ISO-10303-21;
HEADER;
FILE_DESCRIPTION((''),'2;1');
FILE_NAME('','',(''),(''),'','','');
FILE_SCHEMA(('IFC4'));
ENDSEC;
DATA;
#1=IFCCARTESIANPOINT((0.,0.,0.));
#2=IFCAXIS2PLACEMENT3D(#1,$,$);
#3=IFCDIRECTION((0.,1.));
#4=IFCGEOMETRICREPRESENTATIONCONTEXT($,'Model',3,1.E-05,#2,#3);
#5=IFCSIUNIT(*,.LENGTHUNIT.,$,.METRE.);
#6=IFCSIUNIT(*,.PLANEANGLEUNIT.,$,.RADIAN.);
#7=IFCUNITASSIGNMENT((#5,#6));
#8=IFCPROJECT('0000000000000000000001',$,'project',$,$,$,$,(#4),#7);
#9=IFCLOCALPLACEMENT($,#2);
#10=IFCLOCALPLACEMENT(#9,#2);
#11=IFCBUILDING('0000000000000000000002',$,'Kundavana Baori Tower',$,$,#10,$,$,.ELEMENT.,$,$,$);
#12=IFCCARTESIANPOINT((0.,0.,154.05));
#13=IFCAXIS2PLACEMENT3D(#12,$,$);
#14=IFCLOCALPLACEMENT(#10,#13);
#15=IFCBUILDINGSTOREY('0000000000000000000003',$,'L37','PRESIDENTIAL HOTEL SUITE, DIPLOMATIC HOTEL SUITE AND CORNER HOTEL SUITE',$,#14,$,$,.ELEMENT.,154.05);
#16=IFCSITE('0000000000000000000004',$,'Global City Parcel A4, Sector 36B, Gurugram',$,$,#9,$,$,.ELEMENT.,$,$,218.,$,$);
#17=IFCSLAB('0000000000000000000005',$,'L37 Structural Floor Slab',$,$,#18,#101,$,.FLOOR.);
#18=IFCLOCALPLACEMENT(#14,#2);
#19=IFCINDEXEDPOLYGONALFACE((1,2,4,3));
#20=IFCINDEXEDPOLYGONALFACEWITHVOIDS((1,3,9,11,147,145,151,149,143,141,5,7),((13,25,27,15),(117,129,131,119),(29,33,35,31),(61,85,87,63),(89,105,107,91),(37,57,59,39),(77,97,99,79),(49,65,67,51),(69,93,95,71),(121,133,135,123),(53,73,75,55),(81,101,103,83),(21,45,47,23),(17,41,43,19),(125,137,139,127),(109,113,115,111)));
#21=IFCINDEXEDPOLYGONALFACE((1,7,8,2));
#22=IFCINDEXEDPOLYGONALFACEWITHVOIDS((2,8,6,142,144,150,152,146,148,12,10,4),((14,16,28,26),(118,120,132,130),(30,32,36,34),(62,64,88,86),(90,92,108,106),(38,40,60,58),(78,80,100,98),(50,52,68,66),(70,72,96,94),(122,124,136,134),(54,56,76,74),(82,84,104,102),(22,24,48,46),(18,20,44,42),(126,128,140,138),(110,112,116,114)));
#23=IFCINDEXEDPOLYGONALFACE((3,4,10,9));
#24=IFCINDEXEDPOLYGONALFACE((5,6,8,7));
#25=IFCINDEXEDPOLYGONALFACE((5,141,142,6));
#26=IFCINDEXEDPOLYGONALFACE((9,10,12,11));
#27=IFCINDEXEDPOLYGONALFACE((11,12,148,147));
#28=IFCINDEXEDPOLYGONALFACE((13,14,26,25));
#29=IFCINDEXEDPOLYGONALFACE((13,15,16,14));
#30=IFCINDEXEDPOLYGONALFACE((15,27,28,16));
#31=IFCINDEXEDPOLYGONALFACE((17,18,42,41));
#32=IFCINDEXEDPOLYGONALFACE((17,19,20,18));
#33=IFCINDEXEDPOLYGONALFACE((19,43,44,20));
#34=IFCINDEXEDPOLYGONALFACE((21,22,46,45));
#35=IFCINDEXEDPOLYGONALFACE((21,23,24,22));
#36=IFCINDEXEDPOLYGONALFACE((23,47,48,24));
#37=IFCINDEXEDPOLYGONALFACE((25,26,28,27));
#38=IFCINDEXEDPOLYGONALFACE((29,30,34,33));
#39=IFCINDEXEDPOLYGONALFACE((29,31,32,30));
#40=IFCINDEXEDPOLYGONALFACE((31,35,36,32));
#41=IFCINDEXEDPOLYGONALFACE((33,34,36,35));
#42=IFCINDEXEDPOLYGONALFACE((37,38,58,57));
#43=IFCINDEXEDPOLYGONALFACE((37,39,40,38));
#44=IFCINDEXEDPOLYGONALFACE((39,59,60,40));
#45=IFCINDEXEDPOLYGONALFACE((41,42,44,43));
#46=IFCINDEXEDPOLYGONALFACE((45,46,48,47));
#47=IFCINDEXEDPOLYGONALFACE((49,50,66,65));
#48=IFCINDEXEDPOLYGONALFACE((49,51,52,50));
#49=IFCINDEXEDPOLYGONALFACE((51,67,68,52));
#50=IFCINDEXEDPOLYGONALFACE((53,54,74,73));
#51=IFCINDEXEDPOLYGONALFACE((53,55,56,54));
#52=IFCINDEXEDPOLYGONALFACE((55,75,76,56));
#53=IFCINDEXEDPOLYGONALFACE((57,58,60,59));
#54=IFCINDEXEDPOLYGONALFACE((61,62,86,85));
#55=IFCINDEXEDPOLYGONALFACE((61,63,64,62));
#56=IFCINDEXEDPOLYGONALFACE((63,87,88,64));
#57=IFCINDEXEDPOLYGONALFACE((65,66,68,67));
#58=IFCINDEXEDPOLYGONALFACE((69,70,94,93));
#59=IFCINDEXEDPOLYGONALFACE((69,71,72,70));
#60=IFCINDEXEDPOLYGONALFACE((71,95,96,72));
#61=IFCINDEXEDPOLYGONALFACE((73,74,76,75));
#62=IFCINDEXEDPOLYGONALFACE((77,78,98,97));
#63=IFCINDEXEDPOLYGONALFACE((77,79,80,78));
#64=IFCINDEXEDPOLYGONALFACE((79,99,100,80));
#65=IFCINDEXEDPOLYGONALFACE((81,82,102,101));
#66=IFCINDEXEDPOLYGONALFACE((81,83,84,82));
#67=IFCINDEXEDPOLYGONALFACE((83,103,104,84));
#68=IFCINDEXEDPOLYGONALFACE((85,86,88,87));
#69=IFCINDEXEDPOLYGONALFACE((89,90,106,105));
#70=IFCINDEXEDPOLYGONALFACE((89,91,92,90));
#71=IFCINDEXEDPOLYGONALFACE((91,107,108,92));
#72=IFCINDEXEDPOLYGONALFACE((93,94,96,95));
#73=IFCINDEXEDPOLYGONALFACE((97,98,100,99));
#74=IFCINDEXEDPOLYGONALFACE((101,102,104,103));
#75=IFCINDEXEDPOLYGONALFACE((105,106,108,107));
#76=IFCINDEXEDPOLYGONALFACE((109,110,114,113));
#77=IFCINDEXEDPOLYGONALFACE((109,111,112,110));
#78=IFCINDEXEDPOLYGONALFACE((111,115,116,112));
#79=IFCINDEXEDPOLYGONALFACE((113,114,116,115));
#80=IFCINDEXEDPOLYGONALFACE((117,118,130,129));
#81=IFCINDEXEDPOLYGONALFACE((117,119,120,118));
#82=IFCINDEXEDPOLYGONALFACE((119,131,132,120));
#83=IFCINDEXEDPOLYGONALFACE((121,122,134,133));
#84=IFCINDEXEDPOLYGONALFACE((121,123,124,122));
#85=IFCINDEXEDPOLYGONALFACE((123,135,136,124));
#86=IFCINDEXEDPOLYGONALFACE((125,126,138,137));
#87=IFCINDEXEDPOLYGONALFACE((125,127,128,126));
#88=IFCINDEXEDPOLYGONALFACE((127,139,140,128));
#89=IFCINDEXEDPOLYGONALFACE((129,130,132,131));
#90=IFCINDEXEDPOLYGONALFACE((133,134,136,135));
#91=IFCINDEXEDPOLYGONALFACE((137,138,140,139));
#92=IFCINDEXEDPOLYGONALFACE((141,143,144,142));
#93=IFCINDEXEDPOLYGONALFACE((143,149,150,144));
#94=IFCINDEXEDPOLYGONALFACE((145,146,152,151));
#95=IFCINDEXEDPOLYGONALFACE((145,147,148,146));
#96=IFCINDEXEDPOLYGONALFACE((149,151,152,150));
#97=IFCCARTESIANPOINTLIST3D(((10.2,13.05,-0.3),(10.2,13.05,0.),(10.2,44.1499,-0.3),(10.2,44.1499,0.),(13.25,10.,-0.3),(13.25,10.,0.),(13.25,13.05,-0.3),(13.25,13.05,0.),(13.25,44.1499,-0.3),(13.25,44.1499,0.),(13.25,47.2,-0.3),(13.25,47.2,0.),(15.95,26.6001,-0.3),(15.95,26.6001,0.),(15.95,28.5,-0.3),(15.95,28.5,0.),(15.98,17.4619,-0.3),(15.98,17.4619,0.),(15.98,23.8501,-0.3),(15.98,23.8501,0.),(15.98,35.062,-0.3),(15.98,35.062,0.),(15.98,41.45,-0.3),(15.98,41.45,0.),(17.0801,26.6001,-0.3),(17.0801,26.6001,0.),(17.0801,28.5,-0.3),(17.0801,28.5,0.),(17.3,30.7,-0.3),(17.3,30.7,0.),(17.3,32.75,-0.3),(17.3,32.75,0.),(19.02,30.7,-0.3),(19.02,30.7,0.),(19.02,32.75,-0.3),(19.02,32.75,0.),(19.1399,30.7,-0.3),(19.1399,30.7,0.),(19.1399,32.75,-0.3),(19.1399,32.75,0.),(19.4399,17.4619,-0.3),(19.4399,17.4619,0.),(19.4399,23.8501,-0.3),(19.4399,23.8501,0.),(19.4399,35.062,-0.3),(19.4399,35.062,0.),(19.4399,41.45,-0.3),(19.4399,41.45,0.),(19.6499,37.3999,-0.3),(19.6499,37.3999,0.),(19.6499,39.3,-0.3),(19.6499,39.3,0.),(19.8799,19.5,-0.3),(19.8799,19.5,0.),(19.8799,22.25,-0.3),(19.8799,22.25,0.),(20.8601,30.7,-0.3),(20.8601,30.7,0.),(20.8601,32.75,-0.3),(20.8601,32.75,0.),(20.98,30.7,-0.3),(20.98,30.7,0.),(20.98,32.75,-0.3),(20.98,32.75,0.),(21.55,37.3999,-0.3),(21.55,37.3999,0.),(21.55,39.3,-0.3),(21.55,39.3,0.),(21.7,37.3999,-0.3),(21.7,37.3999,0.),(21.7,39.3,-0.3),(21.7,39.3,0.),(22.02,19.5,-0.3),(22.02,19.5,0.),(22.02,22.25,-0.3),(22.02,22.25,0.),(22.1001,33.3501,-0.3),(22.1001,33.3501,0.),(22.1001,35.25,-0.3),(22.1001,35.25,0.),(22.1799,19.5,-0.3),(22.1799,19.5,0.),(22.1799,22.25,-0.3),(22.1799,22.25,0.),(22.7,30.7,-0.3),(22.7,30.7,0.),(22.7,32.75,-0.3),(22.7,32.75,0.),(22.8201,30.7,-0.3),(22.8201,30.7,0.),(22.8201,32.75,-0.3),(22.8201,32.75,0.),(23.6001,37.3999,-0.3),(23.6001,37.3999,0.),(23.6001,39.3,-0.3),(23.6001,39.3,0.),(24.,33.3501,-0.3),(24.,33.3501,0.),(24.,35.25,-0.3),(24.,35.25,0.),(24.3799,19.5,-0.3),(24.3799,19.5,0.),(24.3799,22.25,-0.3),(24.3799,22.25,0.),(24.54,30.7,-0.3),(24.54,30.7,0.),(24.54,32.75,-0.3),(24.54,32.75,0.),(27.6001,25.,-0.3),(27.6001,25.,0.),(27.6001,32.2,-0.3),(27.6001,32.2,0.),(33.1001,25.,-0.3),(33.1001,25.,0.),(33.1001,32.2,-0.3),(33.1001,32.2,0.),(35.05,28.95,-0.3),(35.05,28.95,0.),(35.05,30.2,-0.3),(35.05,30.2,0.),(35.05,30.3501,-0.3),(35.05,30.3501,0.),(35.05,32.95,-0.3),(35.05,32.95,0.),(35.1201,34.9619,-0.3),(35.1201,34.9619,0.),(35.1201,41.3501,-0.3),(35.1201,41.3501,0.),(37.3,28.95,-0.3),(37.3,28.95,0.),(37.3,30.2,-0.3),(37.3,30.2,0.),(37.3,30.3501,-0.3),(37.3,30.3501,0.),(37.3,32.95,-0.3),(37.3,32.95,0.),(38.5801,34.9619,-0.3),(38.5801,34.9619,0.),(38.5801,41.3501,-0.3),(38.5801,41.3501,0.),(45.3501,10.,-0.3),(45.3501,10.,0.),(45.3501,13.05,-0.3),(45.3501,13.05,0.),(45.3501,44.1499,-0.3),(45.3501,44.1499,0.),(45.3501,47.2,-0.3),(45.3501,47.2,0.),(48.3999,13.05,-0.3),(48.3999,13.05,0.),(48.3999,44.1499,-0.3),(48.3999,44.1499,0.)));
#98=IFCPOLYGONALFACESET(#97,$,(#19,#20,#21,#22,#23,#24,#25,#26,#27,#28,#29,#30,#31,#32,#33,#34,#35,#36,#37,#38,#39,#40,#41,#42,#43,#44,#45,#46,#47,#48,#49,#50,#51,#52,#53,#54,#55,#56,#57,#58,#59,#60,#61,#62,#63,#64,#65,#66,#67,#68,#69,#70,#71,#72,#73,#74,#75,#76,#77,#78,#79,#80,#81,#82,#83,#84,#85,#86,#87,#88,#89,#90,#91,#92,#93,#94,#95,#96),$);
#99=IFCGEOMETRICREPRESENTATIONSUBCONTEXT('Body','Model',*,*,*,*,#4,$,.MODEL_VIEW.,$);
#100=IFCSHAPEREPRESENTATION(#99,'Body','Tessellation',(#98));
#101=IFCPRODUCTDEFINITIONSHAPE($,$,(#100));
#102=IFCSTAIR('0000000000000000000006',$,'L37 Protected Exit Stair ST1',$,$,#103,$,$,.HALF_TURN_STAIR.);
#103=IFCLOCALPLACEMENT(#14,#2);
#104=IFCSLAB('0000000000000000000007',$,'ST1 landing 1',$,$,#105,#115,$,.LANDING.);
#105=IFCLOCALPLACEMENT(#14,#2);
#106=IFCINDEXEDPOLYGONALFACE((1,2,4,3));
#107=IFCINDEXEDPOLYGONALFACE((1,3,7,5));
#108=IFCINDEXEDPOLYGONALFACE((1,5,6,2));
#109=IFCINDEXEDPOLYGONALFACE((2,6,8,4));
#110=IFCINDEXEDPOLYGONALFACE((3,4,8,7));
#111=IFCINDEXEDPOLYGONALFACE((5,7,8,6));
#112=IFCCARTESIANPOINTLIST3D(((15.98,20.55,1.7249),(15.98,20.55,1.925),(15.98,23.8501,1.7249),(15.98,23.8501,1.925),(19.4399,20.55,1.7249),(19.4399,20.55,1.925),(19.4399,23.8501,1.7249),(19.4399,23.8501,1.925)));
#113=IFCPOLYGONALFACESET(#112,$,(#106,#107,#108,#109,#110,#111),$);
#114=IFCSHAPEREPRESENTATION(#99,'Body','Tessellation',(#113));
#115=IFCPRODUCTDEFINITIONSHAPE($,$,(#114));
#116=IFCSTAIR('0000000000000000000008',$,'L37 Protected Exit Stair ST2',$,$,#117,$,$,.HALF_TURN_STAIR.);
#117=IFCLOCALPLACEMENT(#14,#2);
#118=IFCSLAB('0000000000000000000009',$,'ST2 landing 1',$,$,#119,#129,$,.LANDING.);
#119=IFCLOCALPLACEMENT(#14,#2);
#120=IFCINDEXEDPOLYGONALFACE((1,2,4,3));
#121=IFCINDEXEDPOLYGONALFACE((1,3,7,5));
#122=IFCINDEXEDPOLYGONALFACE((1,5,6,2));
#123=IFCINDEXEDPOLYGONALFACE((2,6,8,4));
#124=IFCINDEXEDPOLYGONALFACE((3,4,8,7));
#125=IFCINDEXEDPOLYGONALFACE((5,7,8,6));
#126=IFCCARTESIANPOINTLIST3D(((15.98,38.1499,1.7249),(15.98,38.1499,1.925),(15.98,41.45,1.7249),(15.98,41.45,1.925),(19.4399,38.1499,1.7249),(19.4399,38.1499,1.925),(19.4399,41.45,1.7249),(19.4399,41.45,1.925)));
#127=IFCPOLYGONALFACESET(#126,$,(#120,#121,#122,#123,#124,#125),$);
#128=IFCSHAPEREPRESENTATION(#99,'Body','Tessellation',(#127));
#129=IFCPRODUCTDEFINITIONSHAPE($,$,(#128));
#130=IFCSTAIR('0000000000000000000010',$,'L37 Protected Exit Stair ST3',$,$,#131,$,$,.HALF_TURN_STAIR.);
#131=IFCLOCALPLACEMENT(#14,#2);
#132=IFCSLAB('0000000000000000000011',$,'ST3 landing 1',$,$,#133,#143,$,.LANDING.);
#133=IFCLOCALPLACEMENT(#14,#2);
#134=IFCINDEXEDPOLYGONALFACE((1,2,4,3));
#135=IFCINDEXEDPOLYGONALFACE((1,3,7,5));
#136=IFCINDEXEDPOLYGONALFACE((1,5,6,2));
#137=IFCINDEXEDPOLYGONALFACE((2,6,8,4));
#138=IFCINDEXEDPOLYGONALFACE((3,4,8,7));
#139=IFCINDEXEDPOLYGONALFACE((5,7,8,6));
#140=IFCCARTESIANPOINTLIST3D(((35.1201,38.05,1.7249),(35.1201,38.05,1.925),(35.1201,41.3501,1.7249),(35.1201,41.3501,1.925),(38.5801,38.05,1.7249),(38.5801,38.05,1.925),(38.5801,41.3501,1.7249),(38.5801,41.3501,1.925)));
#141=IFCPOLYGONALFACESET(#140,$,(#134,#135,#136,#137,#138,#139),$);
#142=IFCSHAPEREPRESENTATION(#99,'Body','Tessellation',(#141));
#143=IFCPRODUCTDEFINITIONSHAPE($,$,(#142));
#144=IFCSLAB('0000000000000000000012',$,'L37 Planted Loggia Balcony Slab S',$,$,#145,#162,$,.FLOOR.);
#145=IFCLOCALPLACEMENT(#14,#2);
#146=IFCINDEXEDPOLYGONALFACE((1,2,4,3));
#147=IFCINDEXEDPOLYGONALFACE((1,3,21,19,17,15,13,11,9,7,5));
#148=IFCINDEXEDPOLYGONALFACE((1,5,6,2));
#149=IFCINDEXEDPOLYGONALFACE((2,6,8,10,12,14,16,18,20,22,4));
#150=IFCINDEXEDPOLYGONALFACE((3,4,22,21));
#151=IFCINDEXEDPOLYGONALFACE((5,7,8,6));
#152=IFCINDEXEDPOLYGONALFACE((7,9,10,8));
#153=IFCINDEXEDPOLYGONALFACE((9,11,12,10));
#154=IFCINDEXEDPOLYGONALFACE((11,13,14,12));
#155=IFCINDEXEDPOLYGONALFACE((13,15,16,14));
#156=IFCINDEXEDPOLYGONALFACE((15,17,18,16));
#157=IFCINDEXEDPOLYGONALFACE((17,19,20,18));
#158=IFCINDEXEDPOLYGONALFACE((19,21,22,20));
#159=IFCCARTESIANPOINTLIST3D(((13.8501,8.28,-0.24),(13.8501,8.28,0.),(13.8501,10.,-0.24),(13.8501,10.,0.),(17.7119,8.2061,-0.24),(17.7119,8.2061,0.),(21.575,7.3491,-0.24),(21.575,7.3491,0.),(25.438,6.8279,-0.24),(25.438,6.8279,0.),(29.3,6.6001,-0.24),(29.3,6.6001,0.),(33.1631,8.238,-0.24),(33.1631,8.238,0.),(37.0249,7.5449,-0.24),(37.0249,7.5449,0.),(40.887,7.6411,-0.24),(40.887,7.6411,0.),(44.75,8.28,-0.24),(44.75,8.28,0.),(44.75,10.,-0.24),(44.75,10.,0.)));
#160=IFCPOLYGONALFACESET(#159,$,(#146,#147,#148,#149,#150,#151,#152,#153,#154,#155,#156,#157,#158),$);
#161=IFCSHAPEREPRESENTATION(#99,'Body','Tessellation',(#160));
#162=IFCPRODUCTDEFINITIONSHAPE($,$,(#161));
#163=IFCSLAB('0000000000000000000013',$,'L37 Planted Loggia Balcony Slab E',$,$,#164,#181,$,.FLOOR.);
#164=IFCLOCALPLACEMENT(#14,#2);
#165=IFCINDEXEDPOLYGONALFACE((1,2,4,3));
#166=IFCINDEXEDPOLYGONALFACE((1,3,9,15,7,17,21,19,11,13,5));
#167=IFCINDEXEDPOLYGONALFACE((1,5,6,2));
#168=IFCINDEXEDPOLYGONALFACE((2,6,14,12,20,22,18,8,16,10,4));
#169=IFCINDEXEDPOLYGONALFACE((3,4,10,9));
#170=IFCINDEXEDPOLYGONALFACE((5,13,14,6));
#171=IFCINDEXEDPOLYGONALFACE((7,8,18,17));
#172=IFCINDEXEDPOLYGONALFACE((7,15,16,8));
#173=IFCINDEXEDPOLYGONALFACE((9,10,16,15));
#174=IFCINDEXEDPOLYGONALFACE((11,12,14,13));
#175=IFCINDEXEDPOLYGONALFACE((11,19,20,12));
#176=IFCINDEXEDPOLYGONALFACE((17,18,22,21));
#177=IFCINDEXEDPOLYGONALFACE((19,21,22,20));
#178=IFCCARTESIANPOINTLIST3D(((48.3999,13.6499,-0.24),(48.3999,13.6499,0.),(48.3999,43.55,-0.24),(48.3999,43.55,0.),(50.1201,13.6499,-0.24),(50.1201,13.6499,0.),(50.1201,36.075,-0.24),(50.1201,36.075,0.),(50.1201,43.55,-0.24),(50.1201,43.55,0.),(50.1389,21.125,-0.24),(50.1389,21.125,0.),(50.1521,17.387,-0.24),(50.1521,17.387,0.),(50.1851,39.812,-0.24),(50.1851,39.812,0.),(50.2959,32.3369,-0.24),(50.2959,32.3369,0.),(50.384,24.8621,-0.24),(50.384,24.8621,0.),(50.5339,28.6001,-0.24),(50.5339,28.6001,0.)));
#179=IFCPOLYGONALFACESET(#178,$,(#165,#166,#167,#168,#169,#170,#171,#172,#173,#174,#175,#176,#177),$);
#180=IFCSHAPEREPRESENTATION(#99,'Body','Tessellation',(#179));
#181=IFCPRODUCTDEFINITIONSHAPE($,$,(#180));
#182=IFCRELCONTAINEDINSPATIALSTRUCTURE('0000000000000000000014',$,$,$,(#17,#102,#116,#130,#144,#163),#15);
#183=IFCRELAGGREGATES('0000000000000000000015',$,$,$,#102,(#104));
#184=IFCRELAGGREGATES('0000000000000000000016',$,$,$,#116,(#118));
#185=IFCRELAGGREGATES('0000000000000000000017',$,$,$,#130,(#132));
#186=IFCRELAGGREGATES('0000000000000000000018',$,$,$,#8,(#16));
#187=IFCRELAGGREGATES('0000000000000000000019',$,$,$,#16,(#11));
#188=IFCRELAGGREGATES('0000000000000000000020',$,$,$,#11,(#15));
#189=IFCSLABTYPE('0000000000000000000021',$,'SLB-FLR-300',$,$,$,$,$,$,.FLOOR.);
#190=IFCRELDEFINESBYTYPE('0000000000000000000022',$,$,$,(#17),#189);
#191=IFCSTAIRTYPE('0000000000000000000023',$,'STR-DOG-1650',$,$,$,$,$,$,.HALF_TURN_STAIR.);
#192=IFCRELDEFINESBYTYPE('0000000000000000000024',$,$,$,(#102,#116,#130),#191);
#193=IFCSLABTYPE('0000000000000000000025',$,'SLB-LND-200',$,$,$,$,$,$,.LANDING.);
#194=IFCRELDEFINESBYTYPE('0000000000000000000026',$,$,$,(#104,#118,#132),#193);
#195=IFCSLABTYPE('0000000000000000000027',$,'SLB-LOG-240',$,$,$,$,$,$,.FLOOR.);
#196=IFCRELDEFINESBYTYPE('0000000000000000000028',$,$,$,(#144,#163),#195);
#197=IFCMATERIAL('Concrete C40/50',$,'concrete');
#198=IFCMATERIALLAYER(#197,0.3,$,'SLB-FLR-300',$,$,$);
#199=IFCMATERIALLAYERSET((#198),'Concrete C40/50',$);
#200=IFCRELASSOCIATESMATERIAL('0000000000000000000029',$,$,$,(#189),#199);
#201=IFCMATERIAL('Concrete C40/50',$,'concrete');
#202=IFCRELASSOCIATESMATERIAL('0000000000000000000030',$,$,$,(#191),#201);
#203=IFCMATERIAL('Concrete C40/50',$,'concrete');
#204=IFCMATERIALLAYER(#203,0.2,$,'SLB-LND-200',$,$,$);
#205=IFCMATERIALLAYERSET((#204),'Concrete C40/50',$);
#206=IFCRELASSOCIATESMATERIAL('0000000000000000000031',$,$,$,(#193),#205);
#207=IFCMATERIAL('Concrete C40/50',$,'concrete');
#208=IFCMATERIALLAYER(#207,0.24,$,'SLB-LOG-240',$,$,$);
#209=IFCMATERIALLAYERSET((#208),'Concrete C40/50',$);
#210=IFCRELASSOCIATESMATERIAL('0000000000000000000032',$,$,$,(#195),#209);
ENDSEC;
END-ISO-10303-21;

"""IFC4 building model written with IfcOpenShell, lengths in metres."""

from ifc_helpers import new_model, si_unit, direction, frame, origin, place, context, subcontext, project, spatial, polyline, outline, extrude, material, layer, layer_set, type_object, element, aggregate, save


model = new_model("IFC4")

# Units and contexts
model_context = context("Model", 3, precision=1e-05, world=origin(), true_north=direction((0.0, 1.0)))
body_context = subcontext(model_context, "Body", "Model", "MODEL_VIEW")
ifc_project = project(units=[si_unit("LENGTHUNIT", "METRE"), si_unit("PLANEANGLEUNIT", "RADIAN")], contexts=[model_context])

# Site, building, storey
site_placement = place(None, origin())
site = spatial("IfcSite", under=ifc_project, at=site_placement, Name="Global City Parcel A4, Sector 36B, Gurugram", CompositionType="ELEMENT", RefElevation=218.0)
building_placement = place(site_placement, origin())
building = spatial("IfcBuilding", under=site, at=building_placement, Name="Kundavana Baori Tower", CompositionType="ELEMENT")
storey_placement = place(building_placement, frame((0.0, 0.0, 154.05)))
storey = spatial("IfcBuildingStorey", under=building, at=storey_placement, Name="L37", Description="PRESIDENTIAL HOTEL SUITE, DIPLOMATIC HOTEL SUITE AND CORNER HOTEL SUITE", CompositionType="ELEMENT", Elevation=154.05)

# Slab
ifc_material_1 = material(Name="Concrete C40/50", Category="concrete")
ifc_layer_1 = layer(ifc_material_1, 0.3, Name="SLB-FLR-300")
ifc_layer_set_1 = layer_set([ifc_layer_1], Name="Concrete C40/50")
slab_type_1 = type_object("IfcSlabType", Name="SLB-FLR-300", PredefinedType="FLOOR", material=ifc_layer_set_1)
slab_1_placement = place(storey_placement, frame((0.0, 0.0, -0.3)))
element("IfcSlab", 1, at=slab_1_placement, inside=storey, type_object=slab_type_1, Name="L37 Structural Floor Slab", PredefinedType="FLOOR", context=body_context, shape_type="SweptSolid", body=[
    extrude(outline(polyline([(13.25, 10.0), (45.3501, 10.0), (45.3501, 13.05), (48.3999, 13.05), (48.3999, 44.1499), (45.3501, 44.1499), (45.3501, 47.2), (13.25, 47.2), (13.25, 44.1499), (10.2, 44.1499), (10.2, 13.05), (13.25, 13.05), (13.25, 10.0)]), holes=[polyline([(19.4399, 17.4619), (19.4399, 23.8501), (15.98, 23.8501), (15.98, 17.4619), (19.4399, 17.4619)]), polyline([(19.4399, 35.062), (19.4399, 41.45), (15.98, 41.45), (15.98, 35.062), (19.4399, 35.062)]), polyline([(38.5801, 34.9619), (38.5801, 41.3501), (35.1201, 41.3501), (35.1201, 34.9619), (38.5801, 34.9619)]), polyline([(17.3, 30.7), (19.02, 30.7), (19.02, 32.75), (17.3, 32.75), (17.3, 30.7)]), polyline([(19.1399, 30.7), (20.8601, 30.7), (20.8601, 32.75), (19.1399, 32.75), (19.1399, 30.7)]), polyline([(20.98, 30.7), (22.7, 30.7), (22.7, 32.75), (20.98, 32.75), (20.98, 30.7)]), polyline([(22.8201, 30.7), (24.54, 30.7), (24.54, 32.75), (22.8201, 32.75), (22.8201, 30.7)]), polyline([(19.6499, 37.3999), (21.55, 37.3999), (21.55, 39.3), (19.6499, 39.3), (19.6499, 37.3999)]), polyline([(21.7, 37.3999), (23.6001, 37.3999), (23.6001, 39.3), (21.7, 39.3), (21.7, 37.3999)]), polyline([(22.1001, 33.3501), (24.0, 33.3501), (24.0, 35.25), (22.1001, 35.25), (22.1001, 33.3501)]), polyline([(19.8799, 19.5), (22.02, 19.5), (22.02, 22.25), (19.8799, 22.25), (19.8799, 19.5)]), polyline([(22.1799, 19.5), (24.3799, 19.5), (24.3799, 22.25), (22.1799, 22.25), (22.1799, 19.5)]), polyline([(35.05, 30.3501), (37.3, 30.3501), (37.3, 32.95), (35.05, 32.95), (35.05, 30.3501)]), polyline([(15.95, 26.6001), (17.0801, 26.6001), (17.0801, 28.5), (15.95, 28.5), (15.95, 26.6001)]), polyline([(35.05, 28.95), (37.3, 28.95), (37.3, 30.2), (35.05, 30.2), (35.05, 28.95)]), polyline([(27.6001, 25.0), (33.1001, 25.0), (33.1001, 32.2), (27.6001, 32.2), (27.6001, 25.0)])]), origin(), (0.0, 0.0, 1.0), 0.3),
])

# Stairs, slabs
ifc_material_2 = material(Name="Concrete C40/50", Category="concrete")
stair_type = type_object("IfcStairType", Name="STR-DOG-1650", PredefinedType="HALF_TURN_STAIR", material=ifc_material_2)
stair_1_placement = place(storey_placement, origin())
stair_1 = element("IfcStair", 2, at=stair_1_placement, inside=storey, type_object=stair_type, Name="L37 Protected Exit Stair ST1", PredefinedType="HALF_TURN_STAIR")
ifc_material_3 = material(Name="Concrete C40/50", Category="concrete")
ifc_layer_2 = layer(ifc_material_3, 0.2, Name="SLB-LND-200")
ifc_layer_set_2 = layer_set([ifc_layer_2], Name="Concrete C40/50")
slab_type_2 = type_object("IfcSlabType", Name="SLB-LND-200", PredefinedType="LANDING", material=ifc_layer_set_2)
slab_2_placement = place(storey_placement, frame((0.0, 0.0, 1.7249)))
slab_2 = element("IfcSlab", 3, at=slab_2_placement, type_object=slab_type_2, Name="ST1 landing 1", PredefinedType="LANDING", context=body_context, shape_type="SweptSolid", body=[
    extrude(outline(polyline([(19.4399, 20.55), (19.4399, 23.8501), (15.98, 23.8501), (15.98, 20.55), (19.4399, 20.55)])), origin(), (0.0, 0.0, 1.0), 0.2002),
])
aggregate(stair_1, [slab_2])
stair_2_placement = place(storey_placement, origin())
stair_2 = element("IfcStair", 4, at=stair_2_placement, inside=storey, type_object=stair_type, Name="L37 Protected Exit Stair ST2", PredefinedType="HALF_TURN_STAIR")
slab_3_placement = place(storey_placement, frame((0.0, 0.0, 1.7249)))
slab_3 = element("IfcSlab", 5, at=slab_3_placement, type_object=slab_type_2, Name="ST2 landing 1", PredefinedType="LANDING", context=body_context, shape_type="SweptSolid", body=[
    extrude(outline(polyline([(19.4399, 38.1499), (19.4399, 41.45), (15.98, 41.45), (15.98, 38.1499), (19.4399, 38.1499)])), origin(), (0.0, 0.0, 1.0), 0.2002),
])
aggregate(stair_2, [slab_3])
stair_3_placement = place(storey_placement, origin())
stair_3 = element("IfcStair", 6, at=stair_3_placement, inside=storey, type_object=stair_type, Name="L37 Protected Exit Stair ST3", PredefinedType="HALF_TURN_STAIR")
slab_4_placement = place(storey_placement, frame((0.0, 0.0, 1.7249)))
slab_4 = element("IfcSlab", 7, at=slab_4_placement, type_object=slab_type_2, Name="ST3 landing 1", PredefinedType="LANDING", context=body_context, shape_type="SweptSolid", body=[
    extrude(outline(polyline([(38.5801, 38.05), (38.5801, 41.3501), (35.1201, 41.3501), (35.1201, 38.05), (38.5801, 38.05)])), origin(), (0.0, 0.0, 1.0), 0.2002),
])
aggregate(stair_3, [slab_4])

# Slabs
ifc_material_4 = material(Name="Concrete C40/50", Category="concrete")
ifc_layer_3 = layer(ifc_material_4, 0.24, Name="SLB-LOG-240")
ifc_layer_set_3 = layer_set([ifc_layer_3], Name="Concrete C40/50")
slab_type_3 = type_object("IfcSlabType", Name="SLB-LOG-240", PredefinedType="FLOOR", material=ifc_layer_set_3)
slab_5_placement = place(storey_placement, frame((0.0, 0.0, -0.24)))
element("IfcSlab", 8, at=slab_5_placement, inside=storey, type_object=slab_type_3, Name="L37 Planted Loggia Balcony Slab S", PredefinedType="FLOOR", context=body_context, shape_type="SweptSolid", body=[
    extrude(outline(polyline([(13.8501, 10.0), (44.75, 10.0), (44.75, 8.28), (40.887, 7.6411), (37.0249, 7.5449), (33.1631, 8.238), (29.3, 6.6001), (25.438, 6.8279), (21.575, 7.3491), (17.7119, 8.2061), (13.8501, 8.28), (13.8501, 10.0)])), origin(), (0.0, 0.0, 1.0), 0.24),
])
slab_6_placement = place(storey_placement, frame((0.0, 0.0, -0.24)))
element("IfcSlab", 9, at=slab_6_placement, inside=storey, type_object=slab_type_3, Name="L37 Planted Loggia Balcony Slab E", PredefinedType="FLOOR", context=body_context, shape_type="SweptSolid", body=[
    extrude(outline(polyline([(48.3999, 13.6499), (48.3999, 43.55), (50.1201, 43.55), (50.1851, 39.812), (50.1201, 36.075), (50.2959, 32.3369), (50.5339, 28.6001), (50.384, 24.8621), (50.1389, 21.125), (50.1521, 17.387), (50.1201, 13.6499), (48.3999, 13.6499)])), origin(), (0.0, 0.0, 1.0), 0.24),
])

save(model, "model.ifc")
